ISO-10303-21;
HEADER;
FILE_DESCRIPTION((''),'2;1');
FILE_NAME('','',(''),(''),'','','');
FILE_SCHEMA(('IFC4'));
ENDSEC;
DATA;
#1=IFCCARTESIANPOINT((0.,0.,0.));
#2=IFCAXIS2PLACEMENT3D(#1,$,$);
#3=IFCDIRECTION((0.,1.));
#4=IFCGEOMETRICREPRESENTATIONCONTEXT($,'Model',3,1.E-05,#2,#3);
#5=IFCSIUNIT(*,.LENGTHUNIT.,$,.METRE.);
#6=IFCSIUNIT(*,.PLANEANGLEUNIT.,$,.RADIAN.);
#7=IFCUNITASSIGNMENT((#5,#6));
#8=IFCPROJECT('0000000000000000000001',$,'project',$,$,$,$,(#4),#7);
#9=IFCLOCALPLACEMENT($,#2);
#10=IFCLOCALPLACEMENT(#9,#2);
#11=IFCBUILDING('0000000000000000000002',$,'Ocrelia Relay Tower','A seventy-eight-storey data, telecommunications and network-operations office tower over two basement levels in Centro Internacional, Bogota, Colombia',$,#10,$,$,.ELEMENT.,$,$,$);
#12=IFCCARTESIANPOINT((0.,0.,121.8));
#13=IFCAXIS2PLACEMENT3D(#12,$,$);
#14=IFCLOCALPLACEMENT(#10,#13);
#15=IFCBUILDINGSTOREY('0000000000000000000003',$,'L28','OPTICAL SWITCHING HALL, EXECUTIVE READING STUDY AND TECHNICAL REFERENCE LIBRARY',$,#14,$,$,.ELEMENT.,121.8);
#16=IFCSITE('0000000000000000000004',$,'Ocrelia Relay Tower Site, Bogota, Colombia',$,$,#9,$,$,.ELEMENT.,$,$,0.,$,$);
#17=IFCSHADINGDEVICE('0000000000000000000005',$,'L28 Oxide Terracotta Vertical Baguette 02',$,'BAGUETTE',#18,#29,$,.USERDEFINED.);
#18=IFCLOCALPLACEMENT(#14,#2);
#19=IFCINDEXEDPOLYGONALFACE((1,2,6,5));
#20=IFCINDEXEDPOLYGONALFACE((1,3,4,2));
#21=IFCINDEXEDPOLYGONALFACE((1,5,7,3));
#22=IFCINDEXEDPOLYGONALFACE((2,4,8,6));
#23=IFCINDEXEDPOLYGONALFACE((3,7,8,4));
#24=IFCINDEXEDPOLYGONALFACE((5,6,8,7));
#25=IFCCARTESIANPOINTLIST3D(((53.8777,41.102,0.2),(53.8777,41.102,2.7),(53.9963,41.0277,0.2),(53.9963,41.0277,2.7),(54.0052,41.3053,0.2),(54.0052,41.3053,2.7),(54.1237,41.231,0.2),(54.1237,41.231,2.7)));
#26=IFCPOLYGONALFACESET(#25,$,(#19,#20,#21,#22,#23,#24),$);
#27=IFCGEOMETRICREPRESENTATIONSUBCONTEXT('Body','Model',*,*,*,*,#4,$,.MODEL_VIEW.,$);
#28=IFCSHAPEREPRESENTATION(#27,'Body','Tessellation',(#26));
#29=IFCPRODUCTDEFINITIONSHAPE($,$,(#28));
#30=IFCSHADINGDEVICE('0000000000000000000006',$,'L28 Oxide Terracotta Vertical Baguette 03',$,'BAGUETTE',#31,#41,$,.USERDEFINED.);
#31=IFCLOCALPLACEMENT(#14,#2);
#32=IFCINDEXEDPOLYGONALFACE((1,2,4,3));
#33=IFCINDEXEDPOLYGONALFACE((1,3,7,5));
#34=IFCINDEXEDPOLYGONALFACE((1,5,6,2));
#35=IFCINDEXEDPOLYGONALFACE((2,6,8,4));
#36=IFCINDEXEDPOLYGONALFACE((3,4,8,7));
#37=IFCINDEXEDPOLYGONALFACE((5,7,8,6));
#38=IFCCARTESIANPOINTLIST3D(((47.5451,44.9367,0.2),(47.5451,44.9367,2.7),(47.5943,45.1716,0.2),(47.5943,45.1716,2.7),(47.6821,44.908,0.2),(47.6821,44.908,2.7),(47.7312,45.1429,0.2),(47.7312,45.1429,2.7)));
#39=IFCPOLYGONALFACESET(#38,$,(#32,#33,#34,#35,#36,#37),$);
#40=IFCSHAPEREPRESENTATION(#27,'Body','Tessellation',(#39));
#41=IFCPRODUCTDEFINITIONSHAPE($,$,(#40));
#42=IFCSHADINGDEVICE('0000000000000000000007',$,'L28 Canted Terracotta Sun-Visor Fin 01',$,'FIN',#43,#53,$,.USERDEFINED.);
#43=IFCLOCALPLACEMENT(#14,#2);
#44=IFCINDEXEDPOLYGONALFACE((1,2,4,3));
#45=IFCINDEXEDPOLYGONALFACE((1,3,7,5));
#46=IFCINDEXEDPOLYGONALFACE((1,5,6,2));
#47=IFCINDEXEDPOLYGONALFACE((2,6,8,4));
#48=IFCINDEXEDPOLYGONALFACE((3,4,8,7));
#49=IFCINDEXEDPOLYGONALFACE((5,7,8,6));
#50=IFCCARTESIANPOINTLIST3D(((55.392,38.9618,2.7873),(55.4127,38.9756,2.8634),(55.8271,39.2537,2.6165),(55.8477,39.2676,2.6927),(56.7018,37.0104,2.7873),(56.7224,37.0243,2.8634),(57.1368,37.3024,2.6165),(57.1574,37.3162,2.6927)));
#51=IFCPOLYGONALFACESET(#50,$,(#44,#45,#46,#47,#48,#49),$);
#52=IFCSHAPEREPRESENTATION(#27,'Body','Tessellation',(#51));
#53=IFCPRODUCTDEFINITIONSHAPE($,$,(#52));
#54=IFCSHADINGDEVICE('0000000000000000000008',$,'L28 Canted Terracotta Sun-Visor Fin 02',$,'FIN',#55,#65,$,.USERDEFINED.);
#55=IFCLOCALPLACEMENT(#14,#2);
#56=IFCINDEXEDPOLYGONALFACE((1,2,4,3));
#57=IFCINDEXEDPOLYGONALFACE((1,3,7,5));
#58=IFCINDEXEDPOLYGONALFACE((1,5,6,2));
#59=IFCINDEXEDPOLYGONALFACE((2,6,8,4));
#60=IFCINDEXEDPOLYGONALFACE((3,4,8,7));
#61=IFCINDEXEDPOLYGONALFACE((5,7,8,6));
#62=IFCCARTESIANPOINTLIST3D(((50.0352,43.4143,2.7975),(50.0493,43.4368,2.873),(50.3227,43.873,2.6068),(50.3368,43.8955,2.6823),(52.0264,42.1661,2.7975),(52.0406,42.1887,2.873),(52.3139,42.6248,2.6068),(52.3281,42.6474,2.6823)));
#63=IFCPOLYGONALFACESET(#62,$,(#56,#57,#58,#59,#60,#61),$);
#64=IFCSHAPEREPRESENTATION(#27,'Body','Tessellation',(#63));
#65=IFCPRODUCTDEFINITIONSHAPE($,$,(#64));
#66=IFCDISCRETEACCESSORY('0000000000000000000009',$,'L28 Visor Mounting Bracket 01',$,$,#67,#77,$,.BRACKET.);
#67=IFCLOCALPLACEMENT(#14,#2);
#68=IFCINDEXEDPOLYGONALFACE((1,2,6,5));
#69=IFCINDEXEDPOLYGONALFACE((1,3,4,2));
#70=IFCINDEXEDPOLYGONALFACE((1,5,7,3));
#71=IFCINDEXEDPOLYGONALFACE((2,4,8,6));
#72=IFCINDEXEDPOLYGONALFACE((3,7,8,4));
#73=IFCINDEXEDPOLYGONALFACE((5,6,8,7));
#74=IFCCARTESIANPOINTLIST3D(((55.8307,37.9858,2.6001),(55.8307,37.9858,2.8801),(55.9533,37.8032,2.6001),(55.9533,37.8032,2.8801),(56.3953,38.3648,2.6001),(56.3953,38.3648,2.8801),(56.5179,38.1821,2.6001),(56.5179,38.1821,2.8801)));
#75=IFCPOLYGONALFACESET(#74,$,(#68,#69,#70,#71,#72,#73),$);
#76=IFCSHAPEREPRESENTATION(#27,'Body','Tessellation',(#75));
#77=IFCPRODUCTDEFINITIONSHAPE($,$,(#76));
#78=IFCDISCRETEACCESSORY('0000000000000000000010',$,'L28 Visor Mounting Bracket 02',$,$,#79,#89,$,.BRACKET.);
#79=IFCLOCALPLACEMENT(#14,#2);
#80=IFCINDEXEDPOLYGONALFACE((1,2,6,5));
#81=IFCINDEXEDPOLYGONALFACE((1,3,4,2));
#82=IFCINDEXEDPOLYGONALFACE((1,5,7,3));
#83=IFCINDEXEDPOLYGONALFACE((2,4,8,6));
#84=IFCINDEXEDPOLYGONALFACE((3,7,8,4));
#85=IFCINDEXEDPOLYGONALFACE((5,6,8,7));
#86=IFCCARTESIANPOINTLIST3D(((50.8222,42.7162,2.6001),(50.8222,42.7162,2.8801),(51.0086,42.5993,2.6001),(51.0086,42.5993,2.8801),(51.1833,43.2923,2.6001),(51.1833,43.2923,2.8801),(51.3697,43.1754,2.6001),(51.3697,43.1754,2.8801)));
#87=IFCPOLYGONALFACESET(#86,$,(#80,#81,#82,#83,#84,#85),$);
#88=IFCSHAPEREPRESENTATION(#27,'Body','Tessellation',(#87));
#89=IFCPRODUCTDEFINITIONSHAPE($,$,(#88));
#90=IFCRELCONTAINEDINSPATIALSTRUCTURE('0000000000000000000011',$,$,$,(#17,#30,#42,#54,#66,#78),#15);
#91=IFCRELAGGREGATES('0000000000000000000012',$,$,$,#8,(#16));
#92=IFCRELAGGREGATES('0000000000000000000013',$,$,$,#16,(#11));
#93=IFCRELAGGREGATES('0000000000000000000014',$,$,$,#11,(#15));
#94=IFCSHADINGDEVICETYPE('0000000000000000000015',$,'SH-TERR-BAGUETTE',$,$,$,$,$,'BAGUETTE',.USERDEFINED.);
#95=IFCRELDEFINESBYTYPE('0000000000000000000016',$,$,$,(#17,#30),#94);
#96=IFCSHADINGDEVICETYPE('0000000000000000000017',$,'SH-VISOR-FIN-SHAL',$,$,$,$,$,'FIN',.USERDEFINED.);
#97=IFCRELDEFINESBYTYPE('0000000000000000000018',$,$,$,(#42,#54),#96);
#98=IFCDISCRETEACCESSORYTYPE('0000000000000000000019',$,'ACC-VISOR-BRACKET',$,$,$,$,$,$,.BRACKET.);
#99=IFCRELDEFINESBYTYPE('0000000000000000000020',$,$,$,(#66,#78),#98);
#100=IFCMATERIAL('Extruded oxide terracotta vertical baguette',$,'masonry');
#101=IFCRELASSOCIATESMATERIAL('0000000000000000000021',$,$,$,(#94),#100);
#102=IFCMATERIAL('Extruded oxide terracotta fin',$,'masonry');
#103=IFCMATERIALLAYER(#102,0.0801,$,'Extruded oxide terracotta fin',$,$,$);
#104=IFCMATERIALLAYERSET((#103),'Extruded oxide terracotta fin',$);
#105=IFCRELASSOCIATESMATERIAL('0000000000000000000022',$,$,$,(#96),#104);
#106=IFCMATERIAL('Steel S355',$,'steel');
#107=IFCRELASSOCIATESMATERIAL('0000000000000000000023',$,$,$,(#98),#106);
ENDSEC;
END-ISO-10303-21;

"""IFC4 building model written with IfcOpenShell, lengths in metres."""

from ifc_helpers import new_model, si_unit, direction, frame, origin, origin_2d, place, context, subcontext, project, spatial, rectangle, extrude, material, layer, layer_set, type_object, element, save


model = new_model("IFC4")

# Units and contexts
model_context = context("Model", 3, precision=1e-05, world=origin(), true_north=direction((0.0, 1.0)))
body_context = subcontext(model_context, "Body", "Model", "MODEL_VIEW")
ifc_project = project(units=[si_unit("LENGTHUNIT", "METRE"), si_unit("PLANEANGLEUNIT", "RADIAN")], contexts=[model_context])

# Site, building, storey
site_placement = place(None, origin())
site = spatial("IfcSite", under=ifc_project, at=site_placement, Name="Ocrelia Relay Tower Site, Bogota, Colombia", CompositionType="ELEMENT", RefElevation=0.0)
building_placement = place(site_placement, origin())
building = spatial("IfcBuilding", under=site, at=building_placement, Name="Ocrelia Relay Tower", Description="A seventy-eight-storey data, telecommunications and network-operations office tower over two basement levels in Centro Internacional, Bogota, Colombia", CompositionType="ELEMENT")
storey_placement = place(building_placement, frame((0.0, 0.0, 121.8)))
storey = spatial("IfcBuildingStorey", under=building, at=storey_placement, Name="L28", Description="OPTICAL SWITCHING HALL, EXECUTIVE READING STUDY AND TECHNICAL REFERENCE LIBRARY", CompositionType="ELEMENT", Elevation=121.8)

# Shared definitions
ifc_material_1 = material(Name="Steel S355", Category="steel")

# Shading devices
ifc_material_2 = material(Name="Extruded oxide terracotta vertical baguette", Category="masonry")
shading_device_type_1 = type_object("IfcShadingDeviceType", Name="SH-TERR-BAGUETTE", ElementType="BAGUETTE", PredefinedType="USERDEFINED", material=ifc_material_2)
for number, where, z_axis, x_axis, name in (
    (1, (54.0007, 41.1665, 0.2), (0.0, 0.0, 1.0), (-0.847306, 0.531105, 0.0), "L28 Oxide Terracotta Vertical Baguette 02"),
    (2, (47.6382, 45.0398, 0.2), (0.0, 0.0, 1.0), (-0.978803, 0.204803, 0.0), "L28 Oxide Terracotta Vertical Baguette 03"),
):
    element("IfcShadingDevice", number, at=place(storey_placement, frame(where, z_axis=z_axis, x_axis=x_axis)), inside=storey, type_object=shading_device_type_1, Name=name, ObjectType="BAGUETTE", PredefinedType="USERDEFINED", context=body_context, shape_type="SweptSolid", body=[
        extrude(rectangle(XDim=0.1399, YDim=0.24, at=origin_2d()), origin(), (0.0, 0.0, 1.0), 2.5),
    ])
ifc_material_3 = material(Name="Extruded oxide terracotta fin", Category="masonry")
ifc_layer_1 = layer(ifc_material_3, 0.0801, Name="Extruded oxide terracotta fin")
ifc_layer_set_1 = layer_set([ifc_layer_1], Name="Extruded oxide terracotta fin")
shading_device_type_2 = type_object("IfcShadingDeviceType", Name="SH-VISOR-FIN-SHAL", ElementType="FIN", PredefinedType="USERDEFINED", material=ifc_layer_set_1)
shading_device_1_placement = place(storey_placement, frame((56.2644, 38.1321, 2.7019), z_axis=(0.25727, 0.172677, 0.950786), x_axis=(-0.557297, 0.830313, 0.0)))
element("IfcShadingDevice", 3, at=shading_device_1_placement, inside=storey, type_object=shading_device_type_2, Name="L28 Canted Terracotta Sun-Visor Fin 01", ObjectType="FIN", PredefinedType="USERDEFINED", context=body_context, shape_type="SweptSolid", body=[
    extrude(rectangle(XDim=2.3501, YDim=0.551, at=origin_2d()), origin(), (0.0, 0.0, 1.0), 0.0801),
])
shading_device_2_placement = place(storey_placement, frame((51.1746, 43.0195, 2.7021), z_axis=(0.1765, 0.281582, 0.943165), x_axis=(-0.847306, 0.531105, 0.0)))
element("IfcShadingDevice", 4, at=shading_device_2_placement, inside=storey, type_object=shading_device_type_2, Name="L28 Canted Terracotta Sun-Visor Fin 02", ObjectType="FIN", PredefinedType="USERDEFINED", context=body_context, shape_type="SweptSolid", body=[
    extrude(rectangle(XDim=2.3501, YDim=0.574, at=origin_2d()), origin(), (0.0, 0.0, 1.0), 0.0801),
])

# Discrete accessories
discrete_accessory_type = type_object("IfcDiscreteAccessoryType", Name="ACC-VISOR-BRACKET", PredefinedType="BRACKET", material=ifc_material_1)
for number, where, z_axis, x_axis, name in (
    (5, (56.1743, 38.084, 2.6001), (0.0, 0.0, 1.0), (-0.557297, 0.830313, 0.0), "L28 Visor Mounting Bracket 01"),
    (6, (51.0959, 42.9458, 2.6001), (0.0, 0.0, 1.0), (-0.847306, 0.531105, 0.0), "L28 Visor Mounting Bracket 02"),
):
    element("IfcDiscreteAccessory", number, at=place(storey_placement, frame(where, z_axis=z_axis, x_axis=x_axis)), inside=storey, type_object=discrete_accessory_type, Name=name, PredefinedType="BRACKET", context=body_context, shape_type="SweptSolid", body=[
        extrude(rectangle(XDim=0.22, YDim=0.6799, at=origin_2d()), origin(), (0.0, 0.0, 1.0), 0.28),
    ])

save(model, "model.ifc")
